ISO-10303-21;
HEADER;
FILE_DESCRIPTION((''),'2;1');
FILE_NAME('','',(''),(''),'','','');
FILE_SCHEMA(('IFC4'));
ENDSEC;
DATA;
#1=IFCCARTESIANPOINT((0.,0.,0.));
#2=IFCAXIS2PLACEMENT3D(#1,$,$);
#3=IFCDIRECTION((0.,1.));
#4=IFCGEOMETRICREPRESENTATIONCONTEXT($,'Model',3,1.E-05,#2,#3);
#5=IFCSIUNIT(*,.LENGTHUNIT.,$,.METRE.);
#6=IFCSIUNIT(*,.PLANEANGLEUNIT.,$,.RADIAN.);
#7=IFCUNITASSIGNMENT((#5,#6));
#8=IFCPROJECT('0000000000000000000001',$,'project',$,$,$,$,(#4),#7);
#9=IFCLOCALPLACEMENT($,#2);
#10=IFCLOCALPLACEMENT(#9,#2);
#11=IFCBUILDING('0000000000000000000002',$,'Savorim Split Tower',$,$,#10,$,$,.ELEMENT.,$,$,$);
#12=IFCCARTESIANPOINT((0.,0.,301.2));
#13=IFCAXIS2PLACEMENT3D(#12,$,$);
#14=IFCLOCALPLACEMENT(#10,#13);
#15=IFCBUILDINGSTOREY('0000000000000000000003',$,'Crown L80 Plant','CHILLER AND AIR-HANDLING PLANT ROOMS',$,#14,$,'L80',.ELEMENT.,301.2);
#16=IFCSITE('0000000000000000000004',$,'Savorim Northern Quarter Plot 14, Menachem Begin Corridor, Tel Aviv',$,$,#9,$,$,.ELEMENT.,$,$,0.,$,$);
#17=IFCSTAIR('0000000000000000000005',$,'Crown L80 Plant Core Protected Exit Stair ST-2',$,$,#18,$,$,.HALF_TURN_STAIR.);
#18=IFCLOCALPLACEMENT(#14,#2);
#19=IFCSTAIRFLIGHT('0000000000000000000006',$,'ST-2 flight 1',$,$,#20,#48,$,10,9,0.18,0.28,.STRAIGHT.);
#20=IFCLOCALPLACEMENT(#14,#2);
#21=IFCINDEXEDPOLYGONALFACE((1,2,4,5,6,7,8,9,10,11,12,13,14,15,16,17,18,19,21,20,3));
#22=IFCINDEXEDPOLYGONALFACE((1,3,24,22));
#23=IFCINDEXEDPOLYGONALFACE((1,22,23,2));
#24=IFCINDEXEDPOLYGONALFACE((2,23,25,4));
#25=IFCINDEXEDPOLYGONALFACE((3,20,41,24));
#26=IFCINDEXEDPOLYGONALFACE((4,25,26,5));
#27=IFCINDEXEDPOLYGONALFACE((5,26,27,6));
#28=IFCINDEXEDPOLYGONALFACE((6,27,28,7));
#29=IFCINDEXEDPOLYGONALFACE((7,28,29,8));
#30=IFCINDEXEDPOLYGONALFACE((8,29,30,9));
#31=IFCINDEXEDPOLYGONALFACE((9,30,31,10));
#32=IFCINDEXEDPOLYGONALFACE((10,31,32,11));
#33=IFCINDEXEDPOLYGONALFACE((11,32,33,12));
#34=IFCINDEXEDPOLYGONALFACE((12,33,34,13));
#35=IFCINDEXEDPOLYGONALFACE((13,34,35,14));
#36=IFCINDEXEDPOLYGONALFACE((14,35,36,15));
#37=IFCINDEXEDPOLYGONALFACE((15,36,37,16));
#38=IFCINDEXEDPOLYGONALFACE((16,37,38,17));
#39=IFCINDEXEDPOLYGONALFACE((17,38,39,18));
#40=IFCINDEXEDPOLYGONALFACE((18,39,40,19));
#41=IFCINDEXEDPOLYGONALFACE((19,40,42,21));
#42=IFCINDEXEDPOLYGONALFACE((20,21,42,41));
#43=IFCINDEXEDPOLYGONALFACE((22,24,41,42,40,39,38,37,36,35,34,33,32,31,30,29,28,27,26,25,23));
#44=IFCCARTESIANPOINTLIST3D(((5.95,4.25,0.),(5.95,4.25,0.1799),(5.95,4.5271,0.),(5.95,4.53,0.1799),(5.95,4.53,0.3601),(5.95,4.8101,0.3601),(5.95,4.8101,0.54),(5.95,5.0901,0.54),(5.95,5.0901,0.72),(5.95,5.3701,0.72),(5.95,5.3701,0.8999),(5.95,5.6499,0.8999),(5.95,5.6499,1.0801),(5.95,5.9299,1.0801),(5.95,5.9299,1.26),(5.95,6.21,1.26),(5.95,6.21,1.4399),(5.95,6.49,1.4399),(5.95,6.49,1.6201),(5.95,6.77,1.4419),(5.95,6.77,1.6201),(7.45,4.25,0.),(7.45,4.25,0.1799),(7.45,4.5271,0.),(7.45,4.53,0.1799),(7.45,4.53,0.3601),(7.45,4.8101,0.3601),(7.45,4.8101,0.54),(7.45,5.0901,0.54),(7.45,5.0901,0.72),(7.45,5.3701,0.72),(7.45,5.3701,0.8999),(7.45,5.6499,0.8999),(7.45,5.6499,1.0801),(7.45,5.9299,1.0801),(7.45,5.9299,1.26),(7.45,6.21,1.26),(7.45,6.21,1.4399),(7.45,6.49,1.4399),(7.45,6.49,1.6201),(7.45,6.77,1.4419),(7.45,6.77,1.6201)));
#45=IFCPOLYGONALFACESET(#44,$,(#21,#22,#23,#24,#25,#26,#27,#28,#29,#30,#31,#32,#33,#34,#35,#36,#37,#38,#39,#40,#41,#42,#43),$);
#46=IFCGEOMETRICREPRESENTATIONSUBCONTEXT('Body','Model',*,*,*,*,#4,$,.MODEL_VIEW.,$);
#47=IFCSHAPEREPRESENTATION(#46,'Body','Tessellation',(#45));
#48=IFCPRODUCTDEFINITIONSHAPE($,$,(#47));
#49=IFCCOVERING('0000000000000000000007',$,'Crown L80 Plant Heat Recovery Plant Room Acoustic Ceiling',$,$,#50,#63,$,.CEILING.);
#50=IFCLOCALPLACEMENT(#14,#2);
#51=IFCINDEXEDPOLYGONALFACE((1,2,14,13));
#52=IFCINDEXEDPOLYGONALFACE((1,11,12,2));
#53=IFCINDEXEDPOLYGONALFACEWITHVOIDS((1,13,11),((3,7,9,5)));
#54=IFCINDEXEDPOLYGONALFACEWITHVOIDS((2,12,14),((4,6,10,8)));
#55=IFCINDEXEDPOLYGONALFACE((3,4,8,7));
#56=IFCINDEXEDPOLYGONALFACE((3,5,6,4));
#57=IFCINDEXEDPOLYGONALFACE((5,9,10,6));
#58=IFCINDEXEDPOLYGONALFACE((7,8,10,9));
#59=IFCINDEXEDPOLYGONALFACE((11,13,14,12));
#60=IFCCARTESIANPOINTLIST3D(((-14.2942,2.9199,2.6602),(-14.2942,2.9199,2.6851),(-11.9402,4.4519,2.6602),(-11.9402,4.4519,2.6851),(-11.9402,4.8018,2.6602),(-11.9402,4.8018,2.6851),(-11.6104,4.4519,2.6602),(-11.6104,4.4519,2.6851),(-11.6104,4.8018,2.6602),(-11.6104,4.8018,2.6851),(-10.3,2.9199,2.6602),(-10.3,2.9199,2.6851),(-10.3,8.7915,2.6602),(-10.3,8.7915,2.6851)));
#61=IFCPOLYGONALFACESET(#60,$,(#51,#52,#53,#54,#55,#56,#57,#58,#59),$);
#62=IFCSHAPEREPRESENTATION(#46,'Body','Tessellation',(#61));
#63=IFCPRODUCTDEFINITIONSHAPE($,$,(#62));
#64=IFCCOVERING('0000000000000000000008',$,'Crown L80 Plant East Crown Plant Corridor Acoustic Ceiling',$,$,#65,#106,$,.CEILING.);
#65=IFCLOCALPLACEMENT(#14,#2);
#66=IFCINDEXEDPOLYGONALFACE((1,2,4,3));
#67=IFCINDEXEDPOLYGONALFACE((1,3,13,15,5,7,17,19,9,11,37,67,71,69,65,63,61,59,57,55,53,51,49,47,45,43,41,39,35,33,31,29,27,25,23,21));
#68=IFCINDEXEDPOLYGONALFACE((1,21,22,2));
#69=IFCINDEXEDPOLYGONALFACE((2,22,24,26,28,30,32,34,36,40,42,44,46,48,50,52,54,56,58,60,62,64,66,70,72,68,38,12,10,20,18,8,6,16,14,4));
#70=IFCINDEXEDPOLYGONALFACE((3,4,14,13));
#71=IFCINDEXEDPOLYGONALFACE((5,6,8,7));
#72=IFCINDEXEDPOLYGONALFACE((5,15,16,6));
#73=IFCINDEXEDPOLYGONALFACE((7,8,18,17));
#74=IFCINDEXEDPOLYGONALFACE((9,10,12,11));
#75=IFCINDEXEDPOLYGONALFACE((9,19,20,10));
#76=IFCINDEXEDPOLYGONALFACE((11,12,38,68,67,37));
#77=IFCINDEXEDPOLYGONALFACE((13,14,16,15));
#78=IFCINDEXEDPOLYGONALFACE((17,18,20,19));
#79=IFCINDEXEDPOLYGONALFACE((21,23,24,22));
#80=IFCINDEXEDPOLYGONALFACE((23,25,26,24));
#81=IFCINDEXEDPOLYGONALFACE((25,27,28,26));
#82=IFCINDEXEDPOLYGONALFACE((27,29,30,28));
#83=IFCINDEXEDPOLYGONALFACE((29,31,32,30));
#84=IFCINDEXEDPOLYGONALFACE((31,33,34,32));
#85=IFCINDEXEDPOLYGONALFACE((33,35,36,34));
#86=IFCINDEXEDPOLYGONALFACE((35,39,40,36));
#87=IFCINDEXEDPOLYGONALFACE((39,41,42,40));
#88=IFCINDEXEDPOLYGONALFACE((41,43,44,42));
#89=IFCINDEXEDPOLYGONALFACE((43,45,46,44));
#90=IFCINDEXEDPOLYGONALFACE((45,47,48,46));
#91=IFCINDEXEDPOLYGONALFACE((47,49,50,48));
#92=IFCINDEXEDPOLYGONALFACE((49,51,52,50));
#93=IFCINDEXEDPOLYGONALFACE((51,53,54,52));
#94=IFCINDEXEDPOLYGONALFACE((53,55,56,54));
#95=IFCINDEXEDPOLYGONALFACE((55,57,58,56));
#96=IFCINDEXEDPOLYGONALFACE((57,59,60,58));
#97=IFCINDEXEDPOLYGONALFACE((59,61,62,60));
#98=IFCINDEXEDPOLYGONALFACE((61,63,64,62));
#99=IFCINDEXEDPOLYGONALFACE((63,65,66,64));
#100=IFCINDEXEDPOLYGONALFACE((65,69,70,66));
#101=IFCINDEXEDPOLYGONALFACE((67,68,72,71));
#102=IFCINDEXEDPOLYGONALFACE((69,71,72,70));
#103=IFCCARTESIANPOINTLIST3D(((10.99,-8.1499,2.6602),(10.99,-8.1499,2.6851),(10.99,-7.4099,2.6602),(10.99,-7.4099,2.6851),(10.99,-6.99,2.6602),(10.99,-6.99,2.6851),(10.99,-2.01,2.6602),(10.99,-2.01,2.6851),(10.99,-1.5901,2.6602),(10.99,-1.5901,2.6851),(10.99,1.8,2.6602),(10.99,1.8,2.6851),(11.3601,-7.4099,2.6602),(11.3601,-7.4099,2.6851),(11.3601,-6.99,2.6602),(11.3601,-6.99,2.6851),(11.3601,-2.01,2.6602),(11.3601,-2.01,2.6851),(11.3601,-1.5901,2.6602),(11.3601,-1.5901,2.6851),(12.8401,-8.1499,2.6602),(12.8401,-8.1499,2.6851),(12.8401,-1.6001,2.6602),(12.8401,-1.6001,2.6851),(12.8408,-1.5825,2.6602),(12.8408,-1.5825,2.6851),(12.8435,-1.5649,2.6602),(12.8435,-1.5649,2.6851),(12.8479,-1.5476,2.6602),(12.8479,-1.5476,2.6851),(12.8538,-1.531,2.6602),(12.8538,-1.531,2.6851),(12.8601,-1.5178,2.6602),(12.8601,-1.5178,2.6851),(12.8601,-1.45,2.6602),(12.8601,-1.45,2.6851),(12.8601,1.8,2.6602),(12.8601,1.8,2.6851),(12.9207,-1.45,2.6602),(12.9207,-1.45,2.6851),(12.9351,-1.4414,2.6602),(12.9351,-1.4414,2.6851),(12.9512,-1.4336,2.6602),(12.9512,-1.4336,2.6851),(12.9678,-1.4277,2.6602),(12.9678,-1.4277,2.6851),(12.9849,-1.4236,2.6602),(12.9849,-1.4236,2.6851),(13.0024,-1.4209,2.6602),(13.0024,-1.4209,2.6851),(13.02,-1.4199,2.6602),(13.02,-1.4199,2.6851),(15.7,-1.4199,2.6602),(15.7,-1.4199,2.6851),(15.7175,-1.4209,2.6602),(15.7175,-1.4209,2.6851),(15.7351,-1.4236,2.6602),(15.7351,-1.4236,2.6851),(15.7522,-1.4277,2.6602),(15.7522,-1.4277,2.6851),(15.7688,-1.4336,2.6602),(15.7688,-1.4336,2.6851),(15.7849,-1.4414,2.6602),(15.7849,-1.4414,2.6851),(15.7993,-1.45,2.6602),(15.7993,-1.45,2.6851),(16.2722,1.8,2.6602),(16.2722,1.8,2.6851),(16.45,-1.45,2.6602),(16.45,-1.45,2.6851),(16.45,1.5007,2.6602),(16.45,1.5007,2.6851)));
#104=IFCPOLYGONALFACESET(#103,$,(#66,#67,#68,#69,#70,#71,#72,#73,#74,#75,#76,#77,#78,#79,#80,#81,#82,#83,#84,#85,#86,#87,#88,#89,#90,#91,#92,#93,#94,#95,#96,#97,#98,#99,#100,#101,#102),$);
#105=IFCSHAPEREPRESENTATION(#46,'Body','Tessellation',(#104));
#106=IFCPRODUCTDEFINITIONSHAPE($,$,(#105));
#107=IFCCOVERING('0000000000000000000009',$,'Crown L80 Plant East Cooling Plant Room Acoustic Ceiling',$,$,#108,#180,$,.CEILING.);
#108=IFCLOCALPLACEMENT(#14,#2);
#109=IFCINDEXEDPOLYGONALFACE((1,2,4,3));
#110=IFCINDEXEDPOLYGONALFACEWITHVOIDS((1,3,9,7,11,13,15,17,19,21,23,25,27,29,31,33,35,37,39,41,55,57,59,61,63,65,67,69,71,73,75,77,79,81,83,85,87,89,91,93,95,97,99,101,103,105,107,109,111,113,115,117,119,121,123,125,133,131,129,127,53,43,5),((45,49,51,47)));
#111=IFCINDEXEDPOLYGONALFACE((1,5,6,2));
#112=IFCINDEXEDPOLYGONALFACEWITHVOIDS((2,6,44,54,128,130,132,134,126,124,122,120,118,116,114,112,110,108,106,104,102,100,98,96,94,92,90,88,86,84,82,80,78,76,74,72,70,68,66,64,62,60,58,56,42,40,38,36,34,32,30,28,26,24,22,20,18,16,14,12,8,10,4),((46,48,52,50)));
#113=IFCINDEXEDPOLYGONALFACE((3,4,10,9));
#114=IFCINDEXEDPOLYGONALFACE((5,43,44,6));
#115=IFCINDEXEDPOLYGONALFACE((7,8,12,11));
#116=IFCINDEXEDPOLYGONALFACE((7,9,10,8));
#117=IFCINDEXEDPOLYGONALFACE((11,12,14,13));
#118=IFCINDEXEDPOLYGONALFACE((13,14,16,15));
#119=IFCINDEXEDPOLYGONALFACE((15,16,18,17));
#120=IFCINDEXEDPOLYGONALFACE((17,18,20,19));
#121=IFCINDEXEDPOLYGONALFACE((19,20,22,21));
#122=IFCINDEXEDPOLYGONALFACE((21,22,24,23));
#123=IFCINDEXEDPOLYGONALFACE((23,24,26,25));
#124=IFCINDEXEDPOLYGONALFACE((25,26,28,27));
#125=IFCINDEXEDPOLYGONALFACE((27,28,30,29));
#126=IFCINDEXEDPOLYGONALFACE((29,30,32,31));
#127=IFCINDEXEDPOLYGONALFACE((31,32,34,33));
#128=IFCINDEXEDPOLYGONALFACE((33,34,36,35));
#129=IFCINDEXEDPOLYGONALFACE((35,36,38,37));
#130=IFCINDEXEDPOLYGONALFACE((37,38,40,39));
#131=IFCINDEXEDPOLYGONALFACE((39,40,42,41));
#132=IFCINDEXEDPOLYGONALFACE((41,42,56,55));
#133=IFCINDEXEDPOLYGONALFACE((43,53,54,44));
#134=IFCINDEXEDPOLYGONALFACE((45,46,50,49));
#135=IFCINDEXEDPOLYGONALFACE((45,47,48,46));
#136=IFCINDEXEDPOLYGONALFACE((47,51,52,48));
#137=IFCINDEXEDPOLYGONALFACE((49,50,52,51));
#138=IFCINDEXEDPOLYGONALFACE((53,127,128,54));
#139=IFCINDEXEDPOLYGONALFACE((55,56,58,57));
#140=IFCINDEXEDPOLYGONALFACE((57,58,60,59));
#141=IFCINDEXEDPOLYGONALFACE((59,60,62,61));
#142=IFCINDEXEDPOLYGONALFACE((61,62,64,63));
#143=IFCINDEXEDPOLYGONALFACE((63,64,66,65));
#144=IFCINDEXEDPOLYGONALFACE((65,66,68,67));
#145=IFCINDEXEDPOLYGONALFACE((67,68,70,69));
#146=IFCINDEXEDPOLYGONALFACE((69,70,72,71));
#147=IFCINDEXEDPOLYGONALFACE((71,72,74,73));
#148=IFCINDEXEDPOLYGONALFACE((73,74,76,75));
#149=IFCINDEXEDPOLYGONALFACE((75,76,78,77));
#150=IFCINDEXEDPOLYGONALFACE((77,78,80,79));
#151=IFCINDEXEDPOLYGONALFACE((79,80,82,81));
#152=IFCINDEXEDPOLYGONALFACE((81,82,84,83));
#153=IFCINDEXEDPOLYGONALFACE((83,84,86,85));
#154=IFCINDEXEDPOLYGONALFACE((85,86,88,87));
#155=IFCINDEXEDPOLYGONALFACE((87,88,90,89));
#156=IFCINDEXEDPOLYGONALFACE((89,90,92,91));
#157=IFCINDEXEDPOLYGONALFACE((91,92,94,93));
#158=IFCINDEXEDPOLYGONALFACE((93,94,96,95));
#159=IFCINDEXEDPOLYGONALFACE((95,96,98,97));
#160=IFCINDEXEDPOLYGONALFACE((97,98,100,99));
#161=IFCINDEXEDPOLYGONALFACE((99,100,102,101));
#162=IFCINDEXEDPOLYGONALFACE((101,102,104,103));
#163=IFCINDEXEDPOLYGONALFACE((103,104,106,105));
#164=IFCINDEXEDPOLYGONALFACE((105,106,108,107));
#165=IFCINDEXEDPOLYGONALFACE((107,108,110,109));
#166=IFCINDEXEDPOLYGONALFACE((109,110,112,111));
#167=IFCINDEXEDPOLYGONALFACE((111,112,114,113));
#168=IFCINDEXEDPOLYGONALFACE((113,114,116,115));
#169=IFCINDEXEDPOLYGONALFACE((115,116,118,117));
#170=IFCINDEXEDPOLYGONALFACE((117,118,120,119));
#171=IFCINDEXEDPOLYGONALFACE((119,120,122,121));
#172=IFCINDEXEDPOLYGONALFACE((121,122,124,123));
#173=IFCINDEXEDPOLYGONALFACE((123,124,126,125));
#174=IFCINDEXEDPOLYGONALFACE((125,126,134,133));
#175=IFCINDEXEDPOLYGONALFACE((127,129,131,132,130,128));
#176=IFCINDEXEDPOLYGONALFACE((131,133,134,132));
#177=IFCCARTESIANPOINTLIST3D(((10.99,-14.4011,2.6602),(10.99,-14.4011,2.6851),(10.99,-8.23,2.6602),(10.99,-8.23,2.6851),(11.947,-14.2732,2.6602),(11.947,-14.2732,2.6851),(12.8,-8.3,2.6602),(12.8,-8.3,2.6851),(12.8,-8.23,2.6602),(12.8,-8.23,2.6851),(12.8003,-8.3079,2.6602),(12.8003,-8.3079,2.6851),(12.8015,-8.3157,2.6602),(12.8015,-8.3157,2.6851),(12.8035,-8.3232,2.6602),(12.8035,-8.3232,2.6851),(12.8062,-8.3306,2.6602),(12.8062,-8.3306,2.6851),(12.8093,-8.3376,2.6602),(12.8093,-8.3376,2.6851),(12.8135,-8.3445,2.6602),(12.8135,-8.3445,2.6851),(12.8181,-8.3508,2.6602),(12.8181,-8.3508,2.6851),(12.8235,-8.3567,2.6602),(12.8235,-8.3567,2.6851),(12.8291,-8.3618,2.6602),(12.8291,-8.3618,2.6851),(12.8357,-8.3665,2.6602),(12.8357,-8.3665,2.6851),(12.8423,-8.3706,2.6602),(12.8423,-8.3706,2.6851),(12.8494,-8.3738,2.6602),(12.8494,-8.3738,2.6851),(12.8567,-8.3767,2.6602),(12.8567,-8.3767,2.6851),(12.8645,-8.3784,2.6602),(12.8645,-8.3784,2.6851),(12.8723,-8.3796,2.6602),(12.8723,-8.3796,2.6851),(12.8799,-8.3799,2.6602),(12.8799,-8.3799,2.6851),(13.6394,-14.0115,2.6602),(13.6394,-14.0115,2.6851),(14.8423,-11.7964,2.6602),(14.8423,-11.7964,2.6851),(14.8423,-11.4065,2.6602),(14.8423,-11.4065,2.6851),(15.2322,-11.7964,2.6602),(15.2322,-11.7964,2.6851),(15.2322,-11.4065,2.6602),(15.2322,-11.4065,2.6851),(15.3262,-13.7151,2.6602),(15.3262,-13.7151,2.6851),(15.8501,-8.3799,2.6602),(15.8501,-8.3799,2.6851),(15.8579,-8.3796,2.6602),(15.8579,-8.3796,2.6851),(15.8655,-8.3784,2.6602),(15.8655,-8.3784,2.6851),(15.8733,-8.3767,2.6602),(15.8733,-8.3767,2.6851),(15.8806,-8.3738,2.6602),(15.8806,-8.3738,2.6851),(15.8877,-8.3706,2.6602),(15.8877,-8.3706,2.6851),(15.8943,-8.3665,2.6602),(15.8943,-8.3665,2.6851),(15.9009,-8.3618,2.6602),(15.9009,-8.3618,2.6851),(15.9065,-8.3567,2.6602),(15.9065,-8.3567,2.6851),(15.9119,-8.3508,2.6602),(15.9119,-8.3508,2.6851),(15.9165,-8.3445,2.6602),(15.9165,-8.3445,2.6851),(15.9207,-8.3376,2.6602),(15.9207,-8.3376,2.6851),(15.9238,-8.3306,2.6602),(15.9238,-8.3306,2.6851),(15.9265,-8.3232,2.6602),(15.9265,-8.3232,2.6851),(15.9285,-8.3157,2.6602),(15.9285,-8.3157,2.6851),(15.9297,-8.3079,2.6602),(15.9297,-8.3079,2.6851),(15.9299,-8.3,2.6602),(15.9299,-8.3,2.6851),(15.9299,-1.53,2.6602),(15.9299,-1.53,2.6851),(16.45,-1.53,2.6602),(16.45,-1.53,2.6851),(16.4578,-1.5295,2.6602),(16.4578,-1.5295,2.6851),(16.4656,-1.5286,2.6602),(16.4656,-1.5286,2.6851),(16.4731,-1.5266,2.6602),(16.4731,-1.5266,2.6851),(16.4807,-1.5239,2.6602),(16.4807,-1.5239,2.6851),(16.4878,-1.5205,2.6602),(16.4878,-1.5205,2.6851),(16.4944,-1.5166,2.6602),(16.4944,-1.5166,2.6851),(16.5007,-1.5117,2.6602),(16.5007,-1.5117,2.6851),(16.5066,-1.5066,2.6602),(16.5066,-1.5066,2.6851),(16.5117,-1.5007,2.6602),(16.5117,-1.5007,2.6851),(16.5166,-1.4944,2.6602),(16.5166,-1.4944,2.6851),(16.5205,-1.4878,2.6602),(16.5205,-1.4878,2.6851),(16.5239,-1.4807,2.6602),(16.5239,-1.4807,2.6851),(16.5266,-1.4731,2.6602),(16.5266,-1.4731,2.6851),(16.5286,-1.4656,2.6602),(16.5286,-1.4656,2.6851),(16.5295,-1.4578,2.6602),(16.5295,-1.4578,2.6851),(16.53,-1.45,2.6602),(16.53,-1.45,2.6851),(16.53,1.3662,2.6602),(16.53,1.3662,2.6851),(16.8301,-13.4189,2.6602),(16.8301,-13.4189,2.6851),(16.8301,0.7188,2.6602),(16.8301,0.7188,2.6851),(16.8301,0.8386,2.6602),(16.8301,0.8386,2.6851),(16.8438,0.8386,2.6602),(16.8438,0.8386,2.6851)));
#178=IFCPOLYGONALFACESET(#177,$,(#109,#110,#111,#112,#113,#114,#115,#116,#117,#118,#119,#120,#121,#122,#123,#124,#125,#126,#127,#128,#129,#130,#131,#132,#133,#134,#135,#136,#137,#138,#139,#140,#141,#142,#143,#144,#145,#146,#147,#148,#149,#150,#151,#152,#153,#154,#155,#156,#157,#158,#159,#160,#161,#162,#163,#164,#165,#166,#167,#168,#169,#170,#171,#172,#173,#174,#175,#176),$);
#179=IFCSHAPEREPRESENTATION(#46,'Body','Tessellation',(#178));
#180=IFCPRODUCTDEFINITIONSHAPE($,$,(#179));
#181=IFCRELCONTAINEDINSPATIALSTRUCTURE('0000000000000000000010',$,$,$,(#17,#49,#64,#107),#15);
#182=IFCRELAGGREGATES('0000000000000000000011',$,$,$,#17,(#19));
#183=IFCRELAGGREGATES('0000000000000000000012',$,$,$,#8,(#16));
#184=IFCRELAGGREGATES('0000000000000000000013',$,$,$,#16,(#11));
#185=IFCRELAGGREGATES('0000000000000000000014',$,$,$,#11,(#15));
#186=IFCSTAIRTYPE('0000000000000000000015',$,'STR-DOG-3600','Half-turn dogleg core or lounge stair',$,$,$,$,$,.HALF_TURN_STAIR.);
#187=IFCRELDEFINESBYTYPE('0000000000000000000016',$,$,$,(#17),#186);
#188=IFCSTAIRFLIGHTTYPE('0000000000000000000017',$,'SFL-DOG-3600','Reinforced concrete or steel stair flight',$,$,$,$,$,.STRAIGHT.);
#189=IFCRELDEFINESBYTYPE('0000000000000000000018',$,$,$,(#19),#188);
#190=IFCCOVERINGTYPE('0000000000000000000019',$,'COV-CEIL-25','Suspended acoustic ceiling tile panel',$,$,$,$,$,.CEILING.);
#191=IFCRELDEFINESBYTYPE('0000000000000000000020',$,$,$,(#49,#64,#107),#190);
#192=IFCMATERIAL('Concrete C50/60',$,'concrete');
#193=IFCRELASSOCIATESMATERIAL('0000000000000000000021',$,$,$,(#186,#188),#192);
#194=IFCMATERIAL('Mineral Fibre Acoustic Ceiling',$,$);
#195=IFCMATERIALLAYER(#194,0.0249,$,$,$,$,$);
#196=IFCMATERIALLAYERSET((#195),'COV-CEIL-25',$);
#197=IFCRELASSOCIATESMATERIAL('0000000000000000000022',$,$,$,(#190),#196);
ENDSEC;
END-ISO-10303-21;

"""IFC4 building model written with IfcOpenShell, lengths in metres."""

from ifc_helpers import new_model, si_unit, direction, frame, origin, place, context, subcontext, project, spatial, polyline, outline, extrude, material, layer, layer_set, type_object, element, aggregate, save


model = new_model("IFC4")

# Units and contexts
model_context = context("Model", 3, precision=1e-05, world=origin(), true_north=direction((0.0, 1.0)))
body_context = subcontext(model_context, "Body", "Model", "MODEL_VIEW")
ifc_project = project(units=[si_unit("LENGTHUNIT", "METRE"), si_unit("PLANEANGLEUNIT", "RADIAN")], contexts=[model_context])

# Site, building, storey
site_placement = place(None, origin())
site = spatial("IfcSite", under=ifc_project, at=site_placement, Name="Savorim Northern Quarter Plot 14, Menachem Begin Corridor, Tel Aviv", CompositionType="ELEMENT", RefElevation=0.0)
building_placement = place(site_placement, origin())
building = spatial("IfcBuilding", under=site, at=building_placement, Name="Savorim Split Tower", CompositionType="ELEMENT")
storey_placement = place(building_placement, frame((0.0, 0.0, 301.2)))
storey = spatial("IfcBuildingStorey", under=building, at=storey_placement, Name="Crown L80 Plant", Description="CHILLER AND AIR-HANDLING PLANT ROOMS", LongName="L80", CompositionType="ELEMENT", Elevation=301.2)

# Shared definitions
ifc_material_1 = material(Name="Concrete C50/60", Category="concrete")

# Stair, stair flight
stair_type = type_object("IfcStairType", Name="STR-DOG-3600", Description="Half-turn dogleg core or lounge stair", PredefinedType="HALF_TURN_STAIR", material=ifc_material_1)
stair_placement = place(storey_placement, origin())
stair = element("IfcStair", 1, at=stair_placement, inside=storey, type_object=stair_type, Name="Crown L80 Plant Core Protected Exit Stair ST-2", PredefinedType="HALF_TURN_STAIR")
stair_flight_type = type_object("IfcStairFlightType", Name="SFL-DOG-3600", Description="Reinforced concrete or steel stair flight", PredefinedType="STRAIGHT", material=ifc_material_1)
stair_flight_placement = place(storey_placement, frame((6.7, 4.25, 0.0), z_axis=(0.0, 0.0, 1.0), x_axis=(0.0, 1.0, 0.0)))
stair_flight = element("IfcStairFlight", 2, at=stair_flight_placement, type_object=stair_flight_type, Name="ST-2 flight 1", NumberOfRisers=10, NumberOfTreads=9, PredefinedType="STRAIGHT", RiserHeight=0.18, TreadLength=0.28, context=body_context, shape_type="SweptSolid", body=[
    extrude(outline(polyline([(0.0, 0.0), (0.0, 0.1799), (0.28, 0.1799), (0.28, 0.3601), (0.5601, 0.3601), (0.5601, 0.54), (0.8401, 0.54), (0.8401, 0.72), (1.1201, 0.72), (1.1201, 0.8999), (1.3999, 0.8999), (1.3999, 1.0801), (1.6799, 1.0801), (1.6799, 1.26), (1.96, 1.26), (1.96, 1.4399), (2.24, 1.4399), (2.24, 1.6201), (2.52, 1.6201), (2.52, 1.8), (2.52, 1.4419), (0.2771, 0.0), (0.0, 0.0)])), frame((0.0, 0.75, 0.0), z_axis=(0.0, -1.0, 0.0), x_axis=(1.0, 0.0, 0.0)), (0.0, 0.0, 1.0), 1.5),
])
aggregate(stair, [stair_flight])

# Coverings
ifc_material_2 = material(Name="Mineral Fibre Acoustic Ceiling")
ifc_layer_1 = layer(ifc_material_2, 0.0249)
ifc_layer_set_1 = layer_set([ifc_layer_1], Name="COV-CEIL-25")
covering_type_1 = type_object("IfcCoveringType", Name="COV-CEIL-25", Description="Suspended acoustic ceiling tile panel", PredefinedType="CEILING", material=ifc_layer_set_1)
covering_1_placement = place(storey_placement, frame((0.0, 0.0, 2.6602)))
element("IfcCovering", 3, at=covering_1_placement, inside=storey, type_object=covering_type_1, Name="Crown L80 Plant Heat Recovery Plant Room Acoustic Ceiling", PredefinedType="CEILING", context=body_context, shape_type="SweptSolid", body=[
    extrude(outline(polyline([(-14.2942, 2.9199), (-10.3, 2.9199), (-10.3, 8.7915), (-14.2942, 2.9199)]), holes=[polyline([(-11.6104, 4.4519), (-11.6104, 4.8018), (-11.9402, 4.8018), (-11.9402, 4.4519), (-11.6104, 4.4519)])]), origin(), (0.0, 0.0, 1.0), 0.0249),
])
covering_2_placement = place(storey_placement, frame((0.0, 0.0, 2.6602)))
element("IfcCovering", 4, at=covering_2_placement, inside=storey, type_object=covering_type_1, Name="Crown L80 Plant East Crown Plant Corridor Acoustic Ceiling", PredefinedType="CEILING", context=body_context, shape_type="SweptSolid", body=[
    extrude(outline(polyline([(16.2722, 1.8), (12.8601, 1.8), (10.99, 1.8), (10.99, -1.5901), (11.3601, -1.5901), (11.3601, -2.01), (10.99, -2.01), (10.99, -6.99), (11.3601, -6.99), (11.3601, -7.4099), (10.99, -7.4099), (10.99, -8.1499), (12.8401, -8.1499), (12.8401, -1.6001), (12.8408, -1.5825), (12.8435, -1.5649), (12.8479, -1.5476), (12.8538, -1.531), (12.8601, -1.5178), (12.8601, -1.45), (12.9207, -1.45), (12.9351, -1.4414), (12.9512, -1.4336), (12.9678, -1.4277), (12.9849, -1.4236), (13.0024, -1.4209), (13.02, -1.4199), (15.7, -1.4199), (15.7175, -1.4209), (15.7351, -1.4236), (15.7522, -1.4277), (15.7688, -1.4336), (15.7849, -1.4414), (15.7993, -1.45), (16.45, -1.45), (16.45, 1.5007), (16.2722, 1.8)])), origin(), (0.0, 0.0, 1.0), 0.0249),
])
covering_3_placement = place(storey_placement, frame((0.0, 0.0, 2.6602)))
element("IfcCovering", 5, at=covering_3_placement, inside=storey, type_object=covering_type_1, Name="Crown L80 Plant East Cooling Plant Room Acoustic Ceiling", PredefinedType="CEILING", context=body_context, shape_type="SweptSolid", body=[
    extrude(outline(polyline([(11.947, -14.2732), (13.6394, -14.0115), (15.3262, -13.7151), (16.8301, -13.4189), (16.8301, 0.7188), (16.8301, 0.8386), (16.8438, 0.8386), (16.53, 1.3662), (16.53, -1.45), (16.5295, -1.4578), (16.5286, -1.4656), (16.5266, -1.4731), (16.5239, -1.4807), (16.5205, -1.4878), (16.5166, -1.4944), (16.5117, -1.5007), (16.5066, -1.5066), (16.5007, -1.5117), (16.4944, -1.5166), (16.4878, -1.5205), (16.4807, -1.5239), (16.4731, -1.5266), (16.4656, -1.5286), (16.4578, -1.5295), (16.45, -1.53), (15.9299, -1.53), (15.9299, -8.3), (15.9297, -8.3079), (15.9285, -8.3157), (15.9265, -8.3232), (15.9238, -8.3306), (15.9207, -8.3376), (15.9165, -8.3445), (15.9119, -8.3508), (15.9065, -8.3567), (15.9009, -8.3618), (15.8943, -8.3665), (15.8877, -8.3706), (15.8806, -8.3738), (15.8733, -8.3767), (15.8655, -8.3784), (15.8579, -8.3796), (15.8501, -8.3799), (12.8799, -8.3799), (12.8723, -8.3796), (12.8645, -8.3784), (12.8567, -8.3767), (12.8494, -8.3738), (12.8423, -8.3706), (12.8357, -8.3665), (12.8291, -8.3618), (12.8235, -8.3567), (12.8181, -8.3508), (12.8135, -8.3445), (12.8093, -8.3376), (12.8062, -8.3306), (12.8035, -8.3232), (12.8015, -8.3157), (12.8003, -8.3079), (12.8, -8.3), (12.8, -8.23), (10.99, -8.23), (10.99, -14.4011), (11.947, -14.2732)]), holes=[polyline([(14.8423, -11.4065), (14.8423, -11.7964), (15.2322, -11.7964), (15.2322, -11.4065), (14.8423, -11.4065)])]), origin(), (0.0, 0.0, 1.0), 0.0249),
])

save(model, "model.ifc")
